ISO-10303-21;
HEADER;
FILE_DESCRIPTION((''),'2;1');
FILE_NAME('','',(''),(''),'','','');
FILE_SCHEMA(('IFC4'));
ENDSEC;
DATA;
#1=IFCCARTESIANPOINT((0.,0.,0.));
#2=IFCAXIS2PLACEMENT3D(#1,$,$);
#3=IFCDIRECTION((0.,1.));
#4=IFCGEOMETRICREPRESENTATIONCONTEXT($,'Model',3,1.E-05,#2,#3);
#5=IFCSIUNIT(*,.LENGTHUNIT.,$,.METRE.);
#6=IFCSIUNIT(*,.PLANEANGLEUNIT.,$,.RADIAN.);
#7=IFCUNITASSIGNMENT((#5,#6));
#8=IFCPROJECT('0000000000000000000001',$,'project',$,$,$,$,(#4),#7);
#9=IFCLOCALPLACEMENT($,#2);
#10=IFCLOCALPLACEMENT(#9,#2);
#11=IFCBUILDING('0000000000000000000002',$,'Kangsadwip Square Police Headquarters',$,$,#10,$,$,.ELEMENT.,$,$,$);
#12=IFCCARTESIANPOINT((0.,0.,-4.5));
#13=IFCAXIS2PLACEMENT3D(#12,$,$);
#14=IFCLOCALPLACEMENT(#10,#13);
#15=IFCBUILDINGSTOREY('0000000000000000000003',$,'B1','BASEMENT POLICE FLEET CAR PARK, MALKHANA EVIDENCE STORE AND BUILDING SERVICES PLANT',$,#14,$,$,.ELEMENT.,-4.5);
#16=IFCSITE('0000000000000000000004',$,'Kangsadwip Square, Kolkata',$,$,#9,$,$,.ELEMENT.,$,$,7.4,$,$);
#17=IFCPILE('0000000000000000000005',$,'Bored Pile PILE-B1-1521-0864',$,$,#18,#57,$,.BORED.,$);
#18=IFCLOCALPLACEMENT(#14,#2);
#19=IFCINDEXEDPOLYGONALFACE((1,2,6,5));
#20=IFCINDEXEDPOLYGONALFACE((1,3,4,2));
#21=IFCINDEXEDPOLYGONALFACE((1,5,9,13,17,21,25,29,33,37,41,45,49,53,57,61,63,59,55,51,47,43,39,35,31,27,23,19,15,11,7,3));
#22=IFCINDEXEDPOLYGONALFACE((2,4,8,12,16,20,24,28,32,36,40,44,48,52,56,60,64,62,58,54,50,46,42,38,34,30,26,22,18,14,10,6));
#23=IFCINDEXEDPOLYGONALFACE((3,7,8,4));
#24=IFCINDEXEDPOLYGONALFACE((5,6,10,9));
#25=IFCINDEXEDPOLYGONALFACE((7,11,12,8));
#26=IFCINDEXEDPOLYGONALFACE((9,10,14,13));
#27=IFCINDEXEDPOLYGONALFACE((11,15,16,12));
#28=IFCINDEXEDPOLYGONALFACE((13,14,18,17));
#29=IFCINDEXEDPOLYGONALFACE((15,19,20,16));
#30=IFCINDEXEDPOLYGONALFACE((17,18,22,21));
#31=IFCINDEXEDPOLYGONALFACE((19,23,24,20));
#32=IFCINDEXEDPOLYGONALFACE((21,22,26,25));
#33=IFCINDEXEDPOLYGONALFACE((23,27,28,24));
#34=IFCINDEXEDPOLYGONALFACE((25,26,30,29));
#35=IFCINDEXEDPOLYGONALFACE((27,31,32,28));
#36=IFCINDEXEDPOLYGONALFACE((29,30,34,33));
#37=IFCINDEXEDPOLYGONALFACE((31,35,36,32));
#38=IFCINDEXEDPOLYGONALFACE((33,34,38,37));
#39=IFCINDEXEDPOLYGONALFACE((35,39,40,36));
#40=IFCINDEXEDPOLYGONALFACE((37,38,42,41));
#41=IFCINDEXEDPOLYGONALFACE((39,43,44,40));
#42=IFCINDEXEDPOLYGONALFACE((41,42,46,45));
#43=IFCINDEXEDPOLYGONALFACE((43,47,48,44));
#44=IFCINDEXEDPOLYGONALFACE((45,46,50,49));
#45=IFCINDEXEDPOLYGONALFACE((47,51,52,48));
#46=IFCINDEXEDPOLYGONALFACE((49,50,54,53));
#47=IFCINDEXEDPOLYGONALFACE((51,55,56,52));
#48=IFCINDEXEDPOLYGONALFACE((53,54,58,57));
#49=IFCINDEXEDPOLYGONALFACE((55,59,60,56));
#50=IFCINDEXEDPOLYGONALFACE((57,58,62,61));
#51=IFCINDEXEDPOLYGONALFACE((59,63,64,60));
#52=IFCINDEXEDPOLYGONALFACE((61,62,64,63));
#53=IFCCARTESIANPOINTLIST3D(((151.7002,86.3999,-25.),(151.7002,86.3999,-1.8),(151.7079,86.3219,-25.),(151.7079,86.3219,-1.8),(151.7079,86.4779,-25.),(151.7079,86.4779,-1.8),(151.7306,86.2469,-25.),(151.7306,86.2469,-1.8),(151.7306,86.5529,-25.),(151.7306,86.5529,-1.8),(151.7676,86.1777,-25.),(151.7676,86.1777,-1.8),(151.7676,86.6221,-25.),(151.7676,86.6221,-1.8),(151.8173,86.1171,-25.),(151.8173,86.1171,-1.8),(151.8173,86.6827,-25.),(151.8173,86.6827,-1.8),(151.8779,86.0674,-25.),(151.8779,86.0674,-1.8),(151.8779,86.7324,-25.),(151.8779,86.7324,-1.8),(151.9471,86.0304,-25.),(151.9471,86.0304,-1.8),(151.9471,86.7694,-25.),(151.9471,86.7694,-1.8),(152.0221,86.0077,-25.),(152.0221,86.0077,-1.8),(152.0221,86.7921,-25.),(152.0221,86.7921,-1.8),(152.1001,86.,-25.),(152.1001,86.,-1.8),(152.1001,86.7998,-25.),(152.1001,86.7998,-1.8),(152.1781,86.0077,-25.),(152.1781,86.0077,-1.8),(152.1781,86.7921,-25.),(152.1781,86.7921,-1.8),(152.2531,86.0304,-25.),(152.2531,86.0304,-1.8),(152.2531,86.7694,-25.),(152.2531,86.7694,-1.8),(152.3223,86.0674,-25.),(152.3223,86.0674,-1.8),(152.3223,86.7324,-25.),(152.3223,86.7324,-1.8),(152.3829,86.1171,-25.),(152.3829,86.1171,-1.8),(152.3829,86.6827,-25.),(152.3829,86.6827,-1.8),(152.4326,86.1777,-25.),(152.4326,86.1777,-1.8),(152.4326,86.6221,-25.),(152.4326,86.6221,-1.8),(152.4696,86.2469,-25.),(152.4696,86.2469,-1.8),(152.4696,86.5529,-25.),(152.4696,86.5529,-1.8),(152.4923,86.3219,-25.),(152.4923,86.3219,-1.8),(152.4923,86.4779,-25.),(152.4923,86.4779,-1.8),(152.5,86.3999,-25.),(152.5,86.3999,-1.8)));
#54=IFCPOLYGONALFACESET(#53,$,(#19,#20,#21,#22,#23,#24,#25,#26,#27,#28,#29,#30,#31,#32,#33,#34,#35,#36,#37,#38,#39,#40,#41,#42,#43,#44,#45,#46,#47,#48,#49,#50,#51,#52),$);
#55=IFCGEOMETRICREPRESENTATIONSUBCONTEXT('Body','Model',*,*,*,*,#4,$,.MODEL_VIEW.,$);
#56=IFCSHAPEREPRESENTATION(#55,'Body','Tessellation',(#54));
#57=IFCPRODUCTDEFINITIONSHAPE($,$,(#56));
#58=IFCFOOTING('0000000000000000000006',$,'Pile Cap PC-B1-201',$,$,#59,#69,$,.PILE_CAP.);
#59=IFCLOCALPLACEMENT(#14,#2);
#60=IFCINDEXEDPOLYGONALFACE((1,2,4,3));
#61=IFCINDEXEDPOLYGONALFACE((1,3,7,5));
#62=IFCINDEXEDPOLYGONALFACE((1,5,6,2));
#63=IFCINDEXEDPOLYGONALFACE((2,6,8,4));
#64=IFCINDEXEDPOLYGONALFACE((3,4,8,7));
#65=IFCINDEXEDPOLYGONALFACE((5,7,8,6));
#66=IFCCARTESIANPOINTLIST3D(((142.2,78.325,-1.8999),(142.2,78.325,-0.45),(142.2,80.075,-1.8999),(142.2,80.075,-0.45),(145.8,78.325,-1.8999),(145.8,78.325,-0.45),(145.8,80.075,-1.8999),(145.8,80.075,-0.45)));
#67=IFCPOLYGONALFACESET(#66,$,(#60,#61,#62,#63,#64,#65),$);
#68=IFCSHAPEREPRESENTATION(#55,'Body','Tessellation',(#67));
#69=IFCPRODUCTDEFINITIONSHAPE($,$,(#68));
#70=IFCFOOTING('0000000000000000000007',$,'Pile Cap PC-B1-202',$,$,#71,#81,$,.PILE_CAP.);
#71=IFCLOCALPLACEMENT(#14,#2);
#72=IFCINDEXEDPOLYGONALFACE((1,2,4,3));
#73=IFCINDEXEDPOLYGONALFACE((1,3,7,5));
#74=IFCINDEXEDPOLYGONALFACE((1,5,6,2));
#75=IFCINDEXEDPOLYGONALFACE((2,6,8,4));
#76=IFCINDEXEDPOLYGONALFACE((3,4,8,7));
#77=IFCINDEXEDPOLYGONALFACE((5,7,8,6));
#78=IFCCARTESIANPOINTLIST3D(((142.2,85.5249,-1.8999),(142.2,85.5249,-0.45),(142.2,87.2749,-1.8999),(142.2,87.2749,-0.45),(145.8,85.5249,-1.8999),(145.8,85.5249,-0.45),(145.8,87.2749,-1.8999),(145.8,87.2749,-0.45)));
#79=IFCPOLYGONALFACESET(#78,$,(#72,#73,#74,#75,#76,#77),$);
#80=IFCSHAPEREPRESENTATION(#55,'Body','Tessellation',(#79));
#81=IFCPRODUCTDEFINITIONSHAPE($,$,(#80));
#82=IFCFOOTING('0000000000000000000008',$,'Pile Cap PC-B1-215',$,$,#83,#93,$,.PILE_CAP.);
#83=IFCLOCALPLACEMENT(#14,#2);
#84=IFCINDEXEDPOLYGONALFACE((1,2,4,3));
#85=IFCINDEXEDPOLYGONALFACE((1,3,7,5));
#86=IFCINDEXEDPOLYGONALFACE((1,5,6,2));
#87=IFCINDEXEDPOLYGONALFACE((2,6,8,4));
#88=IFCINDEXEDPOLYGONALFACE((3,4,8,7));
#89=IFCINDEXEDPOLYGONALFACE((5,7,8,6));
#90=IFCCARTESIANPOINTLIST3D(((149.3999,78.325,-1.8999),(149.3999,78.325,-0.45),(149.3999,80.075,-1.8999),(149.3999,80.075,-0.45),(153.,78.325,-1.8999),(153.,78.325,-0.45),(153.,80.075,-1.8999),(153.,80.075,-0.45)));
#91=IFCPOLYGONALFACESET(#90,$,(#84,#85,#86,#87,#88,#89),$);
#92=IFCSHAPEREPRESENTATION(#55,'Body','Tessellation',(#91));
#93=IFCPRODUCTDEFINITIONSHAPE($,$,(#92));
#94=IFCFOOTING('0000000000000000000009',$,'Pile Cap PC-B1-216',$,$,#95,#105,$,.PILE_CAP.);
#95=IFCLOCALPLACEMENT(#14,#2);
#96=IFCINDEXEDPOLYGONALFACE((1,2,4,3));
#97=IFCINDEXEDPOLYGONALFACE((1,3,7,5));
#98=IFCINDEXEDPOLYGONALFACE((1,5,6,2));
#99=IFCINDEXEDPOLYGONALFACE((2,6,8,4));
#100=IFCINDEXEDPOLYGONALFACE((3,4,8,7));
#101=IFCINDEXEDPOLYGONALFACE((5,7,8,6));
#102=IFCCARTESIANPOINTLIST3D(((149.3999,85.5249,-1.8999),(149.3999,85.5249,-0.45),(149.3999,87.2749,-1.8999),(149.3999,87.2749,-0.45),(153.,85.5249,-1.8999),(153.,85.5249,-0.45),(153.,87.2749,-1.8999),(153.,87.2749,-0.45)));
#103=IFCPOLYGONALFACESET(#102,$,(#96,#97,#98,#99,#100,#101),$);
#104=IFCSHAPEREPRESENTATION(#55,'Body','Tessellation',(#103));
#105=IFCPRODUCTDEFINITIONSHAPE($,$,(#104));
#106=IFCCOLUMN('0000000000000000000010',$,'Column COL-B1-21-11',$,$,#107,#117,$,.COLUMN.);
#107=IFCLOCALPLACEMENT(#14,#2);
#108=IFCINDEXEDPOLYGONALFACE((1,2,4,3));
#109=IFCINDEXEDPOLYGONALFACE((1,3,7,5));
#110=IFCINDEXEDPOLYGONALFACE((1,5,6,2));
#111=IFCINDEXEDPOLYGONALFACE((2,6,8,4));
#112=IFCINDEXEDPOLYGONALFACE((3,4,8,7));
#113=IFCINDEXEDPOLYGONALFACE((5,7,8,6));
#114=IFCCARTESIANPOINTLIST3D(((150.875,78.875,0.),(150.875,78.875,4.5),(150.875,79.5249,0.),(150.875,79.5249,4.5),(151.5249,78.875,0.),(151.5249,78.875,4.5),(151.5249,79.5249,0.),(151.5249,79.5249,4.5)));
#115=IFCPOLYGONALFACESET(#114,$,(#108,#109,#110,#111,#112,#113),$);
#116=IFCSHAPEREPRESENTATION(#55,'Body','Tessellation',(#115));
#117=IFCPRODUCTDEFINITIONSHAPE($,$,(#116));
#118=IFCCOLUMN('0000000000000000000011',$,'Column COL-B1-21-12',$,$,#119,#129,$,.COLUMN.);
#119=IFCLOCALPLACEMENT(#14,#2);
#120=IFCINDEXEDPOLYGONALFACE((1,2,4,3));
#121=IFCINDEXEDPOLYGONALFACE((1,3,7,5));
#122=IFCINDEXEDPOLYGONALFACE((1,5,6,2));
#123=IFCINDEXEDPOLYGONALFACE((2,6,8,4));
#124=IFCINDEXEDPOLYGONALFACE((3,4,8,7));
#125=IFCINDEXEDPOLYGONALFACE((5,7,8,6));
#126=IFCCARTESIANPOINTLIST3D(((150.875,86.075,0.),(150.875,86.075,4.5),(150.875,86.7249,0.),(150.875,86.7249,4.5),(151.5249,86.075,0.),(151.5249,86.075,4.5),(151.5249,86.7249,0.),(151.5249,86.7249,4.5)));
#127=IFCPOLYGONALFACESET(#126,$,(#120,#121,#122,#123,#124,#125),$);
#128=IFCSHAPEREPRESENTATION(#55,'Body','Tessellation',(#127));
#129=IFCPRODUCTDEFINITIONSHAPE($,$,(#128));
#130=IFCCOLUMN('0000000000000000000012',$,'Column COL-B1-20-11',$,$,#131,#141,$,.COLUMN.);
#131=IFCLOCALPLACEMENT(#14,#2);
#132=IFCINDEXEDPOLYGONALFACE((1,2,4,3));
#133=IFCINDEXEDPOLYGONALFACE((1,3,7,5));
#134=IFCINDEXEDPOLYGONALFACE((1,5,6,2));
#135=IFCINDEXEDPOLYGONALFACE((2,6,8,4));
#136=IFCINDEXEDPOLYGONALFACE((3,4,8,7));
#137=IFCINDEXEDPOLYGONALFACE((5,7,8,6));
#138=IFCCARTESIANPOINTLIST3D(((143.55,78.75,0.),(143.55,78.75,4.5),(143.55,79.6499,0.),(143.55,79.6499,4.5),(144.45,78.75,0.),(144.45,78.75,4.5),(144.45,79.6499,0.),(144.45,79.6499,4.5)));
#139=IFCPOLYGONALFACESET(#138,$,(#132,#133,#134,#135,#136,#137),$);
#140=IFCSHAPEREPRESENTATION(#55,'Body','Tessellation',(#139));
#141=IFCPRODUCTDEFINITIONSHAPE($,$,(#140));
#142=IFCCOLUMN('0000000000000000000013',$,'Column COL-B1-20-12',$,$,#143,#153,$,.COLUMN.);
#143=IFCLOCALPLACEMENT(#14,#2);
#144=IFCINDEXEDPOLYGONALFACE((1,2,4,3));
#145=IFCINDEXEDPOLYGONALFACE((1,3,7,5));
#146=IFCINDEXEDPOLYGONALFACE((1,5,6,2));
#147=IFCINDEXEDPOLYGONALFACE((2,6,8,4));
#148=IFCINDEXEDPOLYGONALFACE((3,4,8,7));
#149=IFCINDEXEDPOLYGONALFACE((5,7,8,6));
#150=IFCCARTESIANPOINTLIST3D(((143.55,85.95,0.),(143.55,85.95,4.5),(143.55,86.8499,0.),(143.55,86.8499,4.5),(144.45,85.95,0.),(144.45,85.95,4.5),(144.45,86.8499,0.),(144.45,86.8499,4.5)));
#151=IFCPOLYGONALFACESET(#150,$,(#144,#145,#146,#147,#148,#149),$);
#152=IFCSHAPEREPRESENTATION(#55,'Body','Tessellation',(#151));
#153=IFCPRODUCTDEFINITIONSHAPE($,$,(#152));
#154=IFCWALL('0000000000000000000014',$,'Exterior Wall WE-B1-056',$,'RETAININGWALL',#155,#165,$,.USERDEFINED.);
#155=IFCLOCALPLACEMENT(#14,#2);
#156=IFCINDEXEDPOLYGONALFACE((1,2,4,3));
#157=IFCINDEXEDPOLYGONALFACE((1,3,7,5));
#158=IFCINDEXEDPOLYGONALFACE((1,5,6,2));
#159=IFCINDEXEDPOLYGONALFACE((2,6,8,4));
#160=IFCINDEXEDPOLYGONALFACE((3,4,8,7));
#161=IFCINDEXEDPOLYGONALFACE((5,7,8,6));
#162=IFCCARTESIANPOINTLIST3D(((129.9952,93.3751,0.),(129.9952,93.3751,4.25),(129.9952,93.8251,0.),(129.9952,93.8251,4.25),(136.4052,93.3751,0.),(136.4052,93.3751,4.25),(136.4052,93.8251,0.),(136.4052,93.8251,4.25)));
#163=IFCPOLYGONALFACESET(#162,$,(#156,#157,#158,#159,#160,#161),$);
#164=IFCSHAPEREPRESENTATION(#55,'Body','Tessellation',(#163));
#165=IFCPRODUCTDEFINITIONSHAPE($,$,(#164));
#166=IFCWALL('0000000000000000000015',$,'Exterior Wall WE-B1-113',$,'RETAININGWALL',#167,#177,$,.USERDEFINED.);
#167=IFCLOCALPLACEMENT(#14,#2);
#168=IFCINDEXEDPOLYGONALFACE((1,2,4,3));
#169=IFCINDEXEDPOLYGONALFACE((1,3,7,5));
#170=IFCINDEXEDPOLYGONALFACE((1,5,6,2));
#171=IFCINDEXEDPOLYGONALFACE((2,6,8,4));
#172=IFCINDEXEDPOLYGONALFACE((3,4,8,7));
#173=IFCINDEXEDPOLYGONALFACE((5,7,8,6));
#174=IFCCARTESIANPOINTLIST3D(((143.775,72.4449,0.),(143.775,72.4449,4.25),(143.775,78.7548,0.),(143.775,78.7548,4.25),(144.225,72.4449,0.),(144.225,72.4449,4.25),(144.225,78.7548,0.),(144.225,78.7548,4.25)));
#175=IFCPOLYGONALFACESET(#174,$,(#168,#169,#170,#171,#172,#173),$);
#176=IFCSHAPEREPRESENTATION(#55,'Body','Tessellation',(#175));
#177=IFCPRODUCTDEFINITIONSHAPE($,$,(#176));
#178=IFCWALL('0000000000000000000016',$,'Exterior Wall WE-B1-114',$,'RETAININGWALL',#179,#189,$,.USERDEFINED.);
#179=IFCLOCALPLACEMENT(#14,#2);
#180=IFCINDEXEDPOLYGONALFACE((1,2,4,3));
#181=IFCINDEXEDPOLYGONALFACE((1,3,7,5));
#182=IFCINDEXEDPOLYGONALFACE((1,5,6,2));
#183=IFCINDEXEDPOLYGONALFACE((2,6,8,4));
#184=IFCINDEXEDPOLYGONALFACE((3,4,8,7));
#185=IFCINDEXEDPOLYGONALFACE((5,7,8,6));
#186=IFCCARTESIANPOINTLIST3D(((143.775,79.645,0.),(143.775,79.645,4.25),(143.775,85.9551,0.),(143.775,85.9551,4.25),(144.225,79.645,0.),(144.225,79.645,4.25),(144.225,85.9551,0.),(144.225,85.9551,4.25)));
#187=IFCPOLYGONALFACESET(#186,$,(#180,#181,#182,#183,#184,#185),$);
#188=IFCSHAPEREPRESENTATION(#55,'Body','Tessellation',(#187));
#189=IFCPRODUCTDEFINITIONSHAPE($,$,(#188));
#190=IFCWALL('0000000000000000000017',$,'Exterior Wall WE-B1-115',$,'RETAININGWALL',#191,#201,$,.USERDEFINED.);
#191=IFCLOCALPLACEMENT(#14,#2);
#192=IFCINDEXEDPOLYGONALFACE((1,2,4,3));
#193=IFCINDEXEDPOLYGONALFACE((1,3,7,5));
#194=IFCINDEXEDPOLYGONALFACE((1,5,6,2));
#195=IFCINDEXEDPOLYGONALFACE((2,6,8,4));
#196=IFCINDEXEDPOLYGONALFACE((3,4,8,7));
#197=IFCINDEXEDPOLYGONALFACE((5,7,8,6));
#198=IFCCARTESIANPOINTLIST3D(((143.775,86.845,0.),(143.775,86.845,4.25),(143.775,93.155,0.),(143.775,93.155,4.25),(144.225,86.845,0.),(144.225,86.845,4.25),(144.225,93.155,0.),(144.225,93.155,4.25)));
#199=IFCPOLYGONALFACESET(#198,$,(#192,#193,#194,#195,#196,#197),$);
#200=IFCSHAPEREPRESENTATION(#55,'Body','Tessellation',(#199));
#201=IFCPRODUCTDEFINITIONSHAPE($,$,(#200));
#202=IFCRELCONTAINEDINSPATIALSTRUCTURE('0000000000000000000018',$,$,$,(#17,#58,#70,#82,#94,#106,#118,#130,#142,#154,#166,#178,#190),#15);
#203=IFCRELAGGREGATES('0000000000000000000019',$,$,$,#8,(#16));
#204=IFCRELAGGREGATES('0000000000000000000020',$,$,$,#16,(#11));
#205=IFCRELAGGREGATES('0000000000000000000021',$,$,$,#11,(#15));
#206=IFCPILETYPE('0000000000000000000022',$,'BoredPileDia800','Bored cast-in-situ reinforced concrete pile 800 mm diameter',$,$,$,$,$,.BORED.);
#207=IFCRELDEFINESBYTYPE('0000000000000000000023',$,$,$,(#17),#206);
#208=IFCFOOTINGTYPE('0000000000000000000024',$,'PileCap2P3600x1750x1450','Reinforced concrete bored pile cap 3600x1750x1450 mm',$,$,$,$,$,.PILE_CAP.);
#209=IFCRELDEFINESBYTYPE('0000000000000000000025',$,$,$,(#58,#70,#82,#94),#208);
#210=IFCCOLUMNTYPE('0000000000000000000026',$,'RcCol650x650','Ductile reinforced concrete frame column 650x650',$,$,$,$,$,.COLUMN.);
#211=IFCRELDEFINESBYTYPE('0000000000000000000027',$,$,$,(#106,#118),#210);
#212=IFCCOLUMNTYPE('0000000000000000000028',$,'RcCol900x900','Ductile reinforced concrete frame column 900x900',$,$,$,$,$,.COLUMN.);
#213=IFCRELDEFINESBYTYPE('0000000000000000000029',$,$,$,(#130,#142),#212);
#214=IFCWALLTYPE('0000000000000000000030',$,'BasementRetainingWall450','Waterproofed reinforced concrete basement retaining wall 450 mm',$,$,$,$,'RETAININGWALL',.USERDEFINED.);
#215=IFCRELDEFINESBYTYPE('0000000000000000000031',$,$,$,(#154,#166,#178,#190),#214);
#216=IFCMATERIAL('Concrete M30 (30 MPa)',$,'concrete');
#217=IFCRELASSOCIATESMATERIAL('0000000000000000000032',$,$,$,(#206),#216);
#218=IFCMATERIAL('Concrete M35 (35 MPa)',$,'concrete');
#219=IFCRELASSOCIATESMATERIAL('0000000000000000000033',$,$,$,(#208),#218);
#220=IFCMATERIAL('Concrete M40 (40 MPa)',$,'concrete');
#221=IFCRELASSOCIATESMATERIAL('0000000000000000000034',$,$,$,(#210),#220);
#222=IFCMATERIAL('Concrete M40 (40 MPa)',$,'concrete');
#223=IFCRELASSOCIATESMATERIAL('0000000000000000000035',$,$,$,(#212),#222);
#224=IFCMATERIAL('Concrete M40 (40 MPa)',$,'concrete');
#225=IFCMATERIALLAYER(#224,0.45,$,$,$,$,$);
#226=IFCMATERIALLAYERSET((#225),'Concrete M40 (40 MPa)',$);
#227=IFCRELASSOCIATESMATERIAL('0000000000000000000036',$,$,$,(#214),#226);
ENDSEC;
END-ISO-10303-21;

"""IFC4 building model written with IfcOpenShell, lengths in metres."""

from ifc_helpers import new_model, si_unit, direction, frame, frame_2d, origin, origin_2d, place, context, subcontext, project, spatial, rectangle, circle, extrude, material, layer, layer_set, material_profile, profile_set, type_object, element, save


model = new_model("IFC4")

# Units and contexts
model_context = context("Model", 3, precision=1e-05, world=origin(), true_north=direction((0.0, 1.0)))
body_context = subcontext(model_context, "Body", "Model", "MODEL_VIEW")
ifc_project = project(units=[si_unit("LENGTHUNIT", "METRE"), si_unit("PLANEANGLEUNIT", "RADIAN")], contexts=[model_context])

# Site, building, storey
site_placement = place(None, origin())
site = spatial("IfcSite", under=ifc_project, at=site_placement, Name="Kangsadwip Square, Kolkata", CompositionType="ELEMENT", RefElevation=7.4)
building_placement = place(site_placement, origin())
building = spatial("IfcBuilding", under=site, at=building_placement, Name="Kangsadwip Square Police Headquarters", CompositionType="ELEMENT")
storey_placement = place(building_placement, frame((0.0, 0.0, -4.5)))
storey = spatial("IfcBuildingStorey", under=building, at=storey_placement, Name="B1", Description="BASEMENT POLICE FLEET CAR PARK, MALKHANA EVIDENCE STORE AND BUILDING SERVICES PLANT", CompositionType="ELEMENT", Elevation=-4.5)

# Pile
ifc_material_1 = material(Name="Concrete M30 (30 MPa)", Category="concrete")
ifc_material_profile_1 = material_profile(ifc_material_1, circle(Radius=0.3999, at=origin_2d()), Name="PILE DIA 800")
ifc_profile_set_1 = profile_set([ifc_material_profile_1], Name="Concrete M30 (30 MPa)")
pile_type = type_object("IfcPileType", Name="BoredPileDia800", Description="Bored cast-in-situ reinforced concrete pile 800 mm diameter", PredefinedType="BORED", material=ifc_profile_set_1)
for number, where, z_axis, x_axis, name in (
    (1, (152.1001, 86.3999, -1.8), (0.0, 0.0, -1.0), (1.0, 0.0, 0.0), "Bored Pile PILE-B1-1521-0864"),
):
    element("IfcPile", number, at=place(storey_placement, frame(where, z_axis=z_axis, x_axis=x_axis)), inside=storey, type_object=pile_type, Name=name, PredefinedType="BORED", context=body_context, shape_type="SweptSolid", body=[
        extrude(circle(Radius=0.3999, at=origin_2d()), origin(), (0.0, 0.0, 1.0), 23.2),
    ])

# Footings
ifc_material_2 = material(Name="Concrete M35 (35 MPa)", Category="concrete")
footing_type = type_object("IfcFootingType", Name="PileCap2P3600x1750x1450", Description="Reinforced concrete bored pile cap 3600x1750x1450 mm", PredefinedType="PILE_CAP", material=ifc_material_2)
for number, where, z_axis, x_axis, name in (
    (2, (144.0, 79.2, -1.8999), (0.0, 0.0, 1.0), (1.0, 0.0, 0.0), "Pile Cap PC-B1-201"),
    (3, (144.0, 86.3999, -1.8999), (0.0, 0.0, 1.0), (1.0, 0.0, 0.0), "Pile Cap PC-B1-202"),
    (4, (151.2, 79.2, -1.8999), (0.0, 0.0, 1.0), (1.0, 0.0, 0.0), "Pile Cap PC-B1-215"),
    (5, (151.2, 86.3999, -1.8999), (0.0, 0.0, 1.0), (1.0, 0.0, 0.0), "Pile Cap PC-B1-216"),
):
    element("IfcFooting", number, at=place(storey_placement, frame(where, z_axis=z_axis, x_axis=x_axis)), inside=storey, type_object=footing_type, Name=name, PredefinedType="PILE_CAP", context=body_context, shape_type="SweptSolid", body=[
        extrude(rectangle(XDim=3.6001, YDim=1.75, at=origin_2d()), origin(), (0.0, 0.0, 1.0), 1.45),
    ])

# Columns
ifc_material_3 = material(Name="Concrete M40 (40 MPa)", Category="concrete")
ifc_material_profile_2 = material_profile(ifc_material_3, rectangle(XDim=0.6499, YDim=0.6499, at=origin_2d()), Name="RC COL 650X650")
ifc_profile_set_2 = profile_set([ifc_material_profile_2], Name="Concrete M40 (40 MPa)")
column_type_1 = type_object("IfcColumnType", Name="RcCol650x650", Description="Ductile reinforced concrete frame column 650x650", PredefinedType="COLUMN", material=ifc_profile_set_2)
for number, where, z_axis, x_axis, name in (
    (6, (151.2, 79.2, 0.0), (0.0, 0.0, 1.0), (1.0, 0.0, 0.0), "Column COL-B1-21-11"),
    (7, (151.2, 86.3999, 0.0), (0.0, 0.0, 1.0), (1.0, 0.0, 0.0), "Column COL-B1-21-12"),
):
    element("IfcColumn", number, at=place(storey_placement, frame(where, z_axis=z_axis, x_axis=x_axis)), inside=storey, type_object=column_type_1, Name=name, PredefinedType="COLUMN", context=body_context, shape_type="SweptSolid", body=[
        extrude(rectangle(XDim=0.6499, YDim=0.6499, at=origin_2d()), origin(), (0.0, 0.0, 1.0), 4.5),
    ])
ifc_material_4 = material(Name="Concrete M40 (40 MPa)", Category="concrete")
ifc_material_profile_3 = material_profile(ifc_material_4, rectangle(XDim=0.8999, YDim=0.8999, at=origin_2d()), Name="RC COL 900X900")
ifc_profile_set_3 = profile_set([ifc_material_profile_3], Name="Concrete M40 (40 MPa)")
column_type_2 = type_object("IfcColumnType", Name="RcCol900x900", Description="Ductile reinforced concrete frame column 900x900", PredefinedType="COLUMN", material=ifc_profile_set_3)
for number, where, z_axis, x_axis, name in (
    (8, (144.0, 79.2, 0.0), (0.0, 0.0, 1.0), (1.0, 0.0, 0.0), "Column COL-B1-20-11"),
    (9, (144.0, 86.3999, 0.0), (0.0, 0.0, 1.0), (1.0, 0.0, 0.0), "Column COL-B1-20-12"),
):
    element("IfcColumn", number, at=place(storey_placement, frame(where, z_axis=z_axis, x_axis=x_axis)), inside=storey, type_object=column_type_2, Name=name, PredefinedType="COLUMN", context=body_context, shape_type="SweptSolid", body=[
        extrude(rectangle(XDim=0.8999, YDim=0.8999, at=origin_2d()), origin(), (0.0, 0.0, 1.0), 4.5),
    ])

# Walls
ifc_material_5 = material(Name="Concrete M40 (40 MPa)", Category="concrete")
ifc_layer = layer(ifc_material_5, 0.45)
ifc_layer_set = layer_set([ifc_layer], Name="Concrete M40 (40 MPa)")
wall_type = type_object("IfcWallType", Name="BasementRetainingWall450", Description="Waterproofed reinforced concrete basement retaining wall 450 mm", ElementType="RETAININGWALL", PredefinedType="USERDEFINED", material=ifc_layer_set)
wall_1_placement = place(storey_placement, frame((129.9951, 93.6001, 0.0), z_axis=(0.0, 0.0, 1.0), x_axis=(1.0, 0.0, 0.0)))
element("IfcWall", 10, at=wall_1_placement, inside=storey, type_object=wall_type, Name="Exterior Wall WE-B1-056", ObjectType="RETAININGWALL", PredefinedType="USERDEFINED", context=body_context, shape_type="SweptSolid", body=[
    extrude(rectangle(XDim=6.4099, YDim=0.45, at=frame_2d((3.2051, 0.0))), origin(), (0.0, 0.0, 1.0), 4.25),
])
wall_2_placement = place(storey_placement, frame((144.0, 72.4451, 0.0), z_axis=(0.0, 0.0, 1.0), x_axis=(0.0, 1.0, 0.0)))
element("IfcWall", 11, at=wall_2_placement, inside=storey, type_object=wall_type, Name="Exterior Wall WE-B1-113", ObjectType="RETAININGWALL", PredefinedType="USERDEFINED", context=body_context, shape_type="SweptSolid", body=[
    extrude(rectangle(XDim=6.3098, YDim=0.45, at=frame_2d((3.1548, 0.0))), origin(), (0.0, 0.0, 1.0), 4.25),
])
for number, where, z_axis, x_axis, name in (
    (12, (144.0, 79.645, 0.0), (0.0, 0.0, 1.0), (0.0, 1.0, 0.0), "Exterior Wall WE-B1-114"),
    (13, (144.0, 86.845, 0.0), (0.0, 0.0, 1.0), (0.0, 1.0, 0.0), "Exterior Wall WE-B1-115"),
):
    element("IfcWall", number, at=place(storey_placement, frame(where, z_axis=z_axis, x_axis=x_axis)), inside=storey, type_object=wall_type, Name=name, ObjectType="RETAININGWALL", PredefinedType="USERDEFINED", context=body_context, shape_type="SweptSolid", body=[
        extrude(rectangle(XDim=6.3101, YDim=0.45, at=frame_2d((3.155, 0.0))), origin(), (0.0, 0.0, 1.0), 4.25),
    ])

save(model, "model.ifc")
